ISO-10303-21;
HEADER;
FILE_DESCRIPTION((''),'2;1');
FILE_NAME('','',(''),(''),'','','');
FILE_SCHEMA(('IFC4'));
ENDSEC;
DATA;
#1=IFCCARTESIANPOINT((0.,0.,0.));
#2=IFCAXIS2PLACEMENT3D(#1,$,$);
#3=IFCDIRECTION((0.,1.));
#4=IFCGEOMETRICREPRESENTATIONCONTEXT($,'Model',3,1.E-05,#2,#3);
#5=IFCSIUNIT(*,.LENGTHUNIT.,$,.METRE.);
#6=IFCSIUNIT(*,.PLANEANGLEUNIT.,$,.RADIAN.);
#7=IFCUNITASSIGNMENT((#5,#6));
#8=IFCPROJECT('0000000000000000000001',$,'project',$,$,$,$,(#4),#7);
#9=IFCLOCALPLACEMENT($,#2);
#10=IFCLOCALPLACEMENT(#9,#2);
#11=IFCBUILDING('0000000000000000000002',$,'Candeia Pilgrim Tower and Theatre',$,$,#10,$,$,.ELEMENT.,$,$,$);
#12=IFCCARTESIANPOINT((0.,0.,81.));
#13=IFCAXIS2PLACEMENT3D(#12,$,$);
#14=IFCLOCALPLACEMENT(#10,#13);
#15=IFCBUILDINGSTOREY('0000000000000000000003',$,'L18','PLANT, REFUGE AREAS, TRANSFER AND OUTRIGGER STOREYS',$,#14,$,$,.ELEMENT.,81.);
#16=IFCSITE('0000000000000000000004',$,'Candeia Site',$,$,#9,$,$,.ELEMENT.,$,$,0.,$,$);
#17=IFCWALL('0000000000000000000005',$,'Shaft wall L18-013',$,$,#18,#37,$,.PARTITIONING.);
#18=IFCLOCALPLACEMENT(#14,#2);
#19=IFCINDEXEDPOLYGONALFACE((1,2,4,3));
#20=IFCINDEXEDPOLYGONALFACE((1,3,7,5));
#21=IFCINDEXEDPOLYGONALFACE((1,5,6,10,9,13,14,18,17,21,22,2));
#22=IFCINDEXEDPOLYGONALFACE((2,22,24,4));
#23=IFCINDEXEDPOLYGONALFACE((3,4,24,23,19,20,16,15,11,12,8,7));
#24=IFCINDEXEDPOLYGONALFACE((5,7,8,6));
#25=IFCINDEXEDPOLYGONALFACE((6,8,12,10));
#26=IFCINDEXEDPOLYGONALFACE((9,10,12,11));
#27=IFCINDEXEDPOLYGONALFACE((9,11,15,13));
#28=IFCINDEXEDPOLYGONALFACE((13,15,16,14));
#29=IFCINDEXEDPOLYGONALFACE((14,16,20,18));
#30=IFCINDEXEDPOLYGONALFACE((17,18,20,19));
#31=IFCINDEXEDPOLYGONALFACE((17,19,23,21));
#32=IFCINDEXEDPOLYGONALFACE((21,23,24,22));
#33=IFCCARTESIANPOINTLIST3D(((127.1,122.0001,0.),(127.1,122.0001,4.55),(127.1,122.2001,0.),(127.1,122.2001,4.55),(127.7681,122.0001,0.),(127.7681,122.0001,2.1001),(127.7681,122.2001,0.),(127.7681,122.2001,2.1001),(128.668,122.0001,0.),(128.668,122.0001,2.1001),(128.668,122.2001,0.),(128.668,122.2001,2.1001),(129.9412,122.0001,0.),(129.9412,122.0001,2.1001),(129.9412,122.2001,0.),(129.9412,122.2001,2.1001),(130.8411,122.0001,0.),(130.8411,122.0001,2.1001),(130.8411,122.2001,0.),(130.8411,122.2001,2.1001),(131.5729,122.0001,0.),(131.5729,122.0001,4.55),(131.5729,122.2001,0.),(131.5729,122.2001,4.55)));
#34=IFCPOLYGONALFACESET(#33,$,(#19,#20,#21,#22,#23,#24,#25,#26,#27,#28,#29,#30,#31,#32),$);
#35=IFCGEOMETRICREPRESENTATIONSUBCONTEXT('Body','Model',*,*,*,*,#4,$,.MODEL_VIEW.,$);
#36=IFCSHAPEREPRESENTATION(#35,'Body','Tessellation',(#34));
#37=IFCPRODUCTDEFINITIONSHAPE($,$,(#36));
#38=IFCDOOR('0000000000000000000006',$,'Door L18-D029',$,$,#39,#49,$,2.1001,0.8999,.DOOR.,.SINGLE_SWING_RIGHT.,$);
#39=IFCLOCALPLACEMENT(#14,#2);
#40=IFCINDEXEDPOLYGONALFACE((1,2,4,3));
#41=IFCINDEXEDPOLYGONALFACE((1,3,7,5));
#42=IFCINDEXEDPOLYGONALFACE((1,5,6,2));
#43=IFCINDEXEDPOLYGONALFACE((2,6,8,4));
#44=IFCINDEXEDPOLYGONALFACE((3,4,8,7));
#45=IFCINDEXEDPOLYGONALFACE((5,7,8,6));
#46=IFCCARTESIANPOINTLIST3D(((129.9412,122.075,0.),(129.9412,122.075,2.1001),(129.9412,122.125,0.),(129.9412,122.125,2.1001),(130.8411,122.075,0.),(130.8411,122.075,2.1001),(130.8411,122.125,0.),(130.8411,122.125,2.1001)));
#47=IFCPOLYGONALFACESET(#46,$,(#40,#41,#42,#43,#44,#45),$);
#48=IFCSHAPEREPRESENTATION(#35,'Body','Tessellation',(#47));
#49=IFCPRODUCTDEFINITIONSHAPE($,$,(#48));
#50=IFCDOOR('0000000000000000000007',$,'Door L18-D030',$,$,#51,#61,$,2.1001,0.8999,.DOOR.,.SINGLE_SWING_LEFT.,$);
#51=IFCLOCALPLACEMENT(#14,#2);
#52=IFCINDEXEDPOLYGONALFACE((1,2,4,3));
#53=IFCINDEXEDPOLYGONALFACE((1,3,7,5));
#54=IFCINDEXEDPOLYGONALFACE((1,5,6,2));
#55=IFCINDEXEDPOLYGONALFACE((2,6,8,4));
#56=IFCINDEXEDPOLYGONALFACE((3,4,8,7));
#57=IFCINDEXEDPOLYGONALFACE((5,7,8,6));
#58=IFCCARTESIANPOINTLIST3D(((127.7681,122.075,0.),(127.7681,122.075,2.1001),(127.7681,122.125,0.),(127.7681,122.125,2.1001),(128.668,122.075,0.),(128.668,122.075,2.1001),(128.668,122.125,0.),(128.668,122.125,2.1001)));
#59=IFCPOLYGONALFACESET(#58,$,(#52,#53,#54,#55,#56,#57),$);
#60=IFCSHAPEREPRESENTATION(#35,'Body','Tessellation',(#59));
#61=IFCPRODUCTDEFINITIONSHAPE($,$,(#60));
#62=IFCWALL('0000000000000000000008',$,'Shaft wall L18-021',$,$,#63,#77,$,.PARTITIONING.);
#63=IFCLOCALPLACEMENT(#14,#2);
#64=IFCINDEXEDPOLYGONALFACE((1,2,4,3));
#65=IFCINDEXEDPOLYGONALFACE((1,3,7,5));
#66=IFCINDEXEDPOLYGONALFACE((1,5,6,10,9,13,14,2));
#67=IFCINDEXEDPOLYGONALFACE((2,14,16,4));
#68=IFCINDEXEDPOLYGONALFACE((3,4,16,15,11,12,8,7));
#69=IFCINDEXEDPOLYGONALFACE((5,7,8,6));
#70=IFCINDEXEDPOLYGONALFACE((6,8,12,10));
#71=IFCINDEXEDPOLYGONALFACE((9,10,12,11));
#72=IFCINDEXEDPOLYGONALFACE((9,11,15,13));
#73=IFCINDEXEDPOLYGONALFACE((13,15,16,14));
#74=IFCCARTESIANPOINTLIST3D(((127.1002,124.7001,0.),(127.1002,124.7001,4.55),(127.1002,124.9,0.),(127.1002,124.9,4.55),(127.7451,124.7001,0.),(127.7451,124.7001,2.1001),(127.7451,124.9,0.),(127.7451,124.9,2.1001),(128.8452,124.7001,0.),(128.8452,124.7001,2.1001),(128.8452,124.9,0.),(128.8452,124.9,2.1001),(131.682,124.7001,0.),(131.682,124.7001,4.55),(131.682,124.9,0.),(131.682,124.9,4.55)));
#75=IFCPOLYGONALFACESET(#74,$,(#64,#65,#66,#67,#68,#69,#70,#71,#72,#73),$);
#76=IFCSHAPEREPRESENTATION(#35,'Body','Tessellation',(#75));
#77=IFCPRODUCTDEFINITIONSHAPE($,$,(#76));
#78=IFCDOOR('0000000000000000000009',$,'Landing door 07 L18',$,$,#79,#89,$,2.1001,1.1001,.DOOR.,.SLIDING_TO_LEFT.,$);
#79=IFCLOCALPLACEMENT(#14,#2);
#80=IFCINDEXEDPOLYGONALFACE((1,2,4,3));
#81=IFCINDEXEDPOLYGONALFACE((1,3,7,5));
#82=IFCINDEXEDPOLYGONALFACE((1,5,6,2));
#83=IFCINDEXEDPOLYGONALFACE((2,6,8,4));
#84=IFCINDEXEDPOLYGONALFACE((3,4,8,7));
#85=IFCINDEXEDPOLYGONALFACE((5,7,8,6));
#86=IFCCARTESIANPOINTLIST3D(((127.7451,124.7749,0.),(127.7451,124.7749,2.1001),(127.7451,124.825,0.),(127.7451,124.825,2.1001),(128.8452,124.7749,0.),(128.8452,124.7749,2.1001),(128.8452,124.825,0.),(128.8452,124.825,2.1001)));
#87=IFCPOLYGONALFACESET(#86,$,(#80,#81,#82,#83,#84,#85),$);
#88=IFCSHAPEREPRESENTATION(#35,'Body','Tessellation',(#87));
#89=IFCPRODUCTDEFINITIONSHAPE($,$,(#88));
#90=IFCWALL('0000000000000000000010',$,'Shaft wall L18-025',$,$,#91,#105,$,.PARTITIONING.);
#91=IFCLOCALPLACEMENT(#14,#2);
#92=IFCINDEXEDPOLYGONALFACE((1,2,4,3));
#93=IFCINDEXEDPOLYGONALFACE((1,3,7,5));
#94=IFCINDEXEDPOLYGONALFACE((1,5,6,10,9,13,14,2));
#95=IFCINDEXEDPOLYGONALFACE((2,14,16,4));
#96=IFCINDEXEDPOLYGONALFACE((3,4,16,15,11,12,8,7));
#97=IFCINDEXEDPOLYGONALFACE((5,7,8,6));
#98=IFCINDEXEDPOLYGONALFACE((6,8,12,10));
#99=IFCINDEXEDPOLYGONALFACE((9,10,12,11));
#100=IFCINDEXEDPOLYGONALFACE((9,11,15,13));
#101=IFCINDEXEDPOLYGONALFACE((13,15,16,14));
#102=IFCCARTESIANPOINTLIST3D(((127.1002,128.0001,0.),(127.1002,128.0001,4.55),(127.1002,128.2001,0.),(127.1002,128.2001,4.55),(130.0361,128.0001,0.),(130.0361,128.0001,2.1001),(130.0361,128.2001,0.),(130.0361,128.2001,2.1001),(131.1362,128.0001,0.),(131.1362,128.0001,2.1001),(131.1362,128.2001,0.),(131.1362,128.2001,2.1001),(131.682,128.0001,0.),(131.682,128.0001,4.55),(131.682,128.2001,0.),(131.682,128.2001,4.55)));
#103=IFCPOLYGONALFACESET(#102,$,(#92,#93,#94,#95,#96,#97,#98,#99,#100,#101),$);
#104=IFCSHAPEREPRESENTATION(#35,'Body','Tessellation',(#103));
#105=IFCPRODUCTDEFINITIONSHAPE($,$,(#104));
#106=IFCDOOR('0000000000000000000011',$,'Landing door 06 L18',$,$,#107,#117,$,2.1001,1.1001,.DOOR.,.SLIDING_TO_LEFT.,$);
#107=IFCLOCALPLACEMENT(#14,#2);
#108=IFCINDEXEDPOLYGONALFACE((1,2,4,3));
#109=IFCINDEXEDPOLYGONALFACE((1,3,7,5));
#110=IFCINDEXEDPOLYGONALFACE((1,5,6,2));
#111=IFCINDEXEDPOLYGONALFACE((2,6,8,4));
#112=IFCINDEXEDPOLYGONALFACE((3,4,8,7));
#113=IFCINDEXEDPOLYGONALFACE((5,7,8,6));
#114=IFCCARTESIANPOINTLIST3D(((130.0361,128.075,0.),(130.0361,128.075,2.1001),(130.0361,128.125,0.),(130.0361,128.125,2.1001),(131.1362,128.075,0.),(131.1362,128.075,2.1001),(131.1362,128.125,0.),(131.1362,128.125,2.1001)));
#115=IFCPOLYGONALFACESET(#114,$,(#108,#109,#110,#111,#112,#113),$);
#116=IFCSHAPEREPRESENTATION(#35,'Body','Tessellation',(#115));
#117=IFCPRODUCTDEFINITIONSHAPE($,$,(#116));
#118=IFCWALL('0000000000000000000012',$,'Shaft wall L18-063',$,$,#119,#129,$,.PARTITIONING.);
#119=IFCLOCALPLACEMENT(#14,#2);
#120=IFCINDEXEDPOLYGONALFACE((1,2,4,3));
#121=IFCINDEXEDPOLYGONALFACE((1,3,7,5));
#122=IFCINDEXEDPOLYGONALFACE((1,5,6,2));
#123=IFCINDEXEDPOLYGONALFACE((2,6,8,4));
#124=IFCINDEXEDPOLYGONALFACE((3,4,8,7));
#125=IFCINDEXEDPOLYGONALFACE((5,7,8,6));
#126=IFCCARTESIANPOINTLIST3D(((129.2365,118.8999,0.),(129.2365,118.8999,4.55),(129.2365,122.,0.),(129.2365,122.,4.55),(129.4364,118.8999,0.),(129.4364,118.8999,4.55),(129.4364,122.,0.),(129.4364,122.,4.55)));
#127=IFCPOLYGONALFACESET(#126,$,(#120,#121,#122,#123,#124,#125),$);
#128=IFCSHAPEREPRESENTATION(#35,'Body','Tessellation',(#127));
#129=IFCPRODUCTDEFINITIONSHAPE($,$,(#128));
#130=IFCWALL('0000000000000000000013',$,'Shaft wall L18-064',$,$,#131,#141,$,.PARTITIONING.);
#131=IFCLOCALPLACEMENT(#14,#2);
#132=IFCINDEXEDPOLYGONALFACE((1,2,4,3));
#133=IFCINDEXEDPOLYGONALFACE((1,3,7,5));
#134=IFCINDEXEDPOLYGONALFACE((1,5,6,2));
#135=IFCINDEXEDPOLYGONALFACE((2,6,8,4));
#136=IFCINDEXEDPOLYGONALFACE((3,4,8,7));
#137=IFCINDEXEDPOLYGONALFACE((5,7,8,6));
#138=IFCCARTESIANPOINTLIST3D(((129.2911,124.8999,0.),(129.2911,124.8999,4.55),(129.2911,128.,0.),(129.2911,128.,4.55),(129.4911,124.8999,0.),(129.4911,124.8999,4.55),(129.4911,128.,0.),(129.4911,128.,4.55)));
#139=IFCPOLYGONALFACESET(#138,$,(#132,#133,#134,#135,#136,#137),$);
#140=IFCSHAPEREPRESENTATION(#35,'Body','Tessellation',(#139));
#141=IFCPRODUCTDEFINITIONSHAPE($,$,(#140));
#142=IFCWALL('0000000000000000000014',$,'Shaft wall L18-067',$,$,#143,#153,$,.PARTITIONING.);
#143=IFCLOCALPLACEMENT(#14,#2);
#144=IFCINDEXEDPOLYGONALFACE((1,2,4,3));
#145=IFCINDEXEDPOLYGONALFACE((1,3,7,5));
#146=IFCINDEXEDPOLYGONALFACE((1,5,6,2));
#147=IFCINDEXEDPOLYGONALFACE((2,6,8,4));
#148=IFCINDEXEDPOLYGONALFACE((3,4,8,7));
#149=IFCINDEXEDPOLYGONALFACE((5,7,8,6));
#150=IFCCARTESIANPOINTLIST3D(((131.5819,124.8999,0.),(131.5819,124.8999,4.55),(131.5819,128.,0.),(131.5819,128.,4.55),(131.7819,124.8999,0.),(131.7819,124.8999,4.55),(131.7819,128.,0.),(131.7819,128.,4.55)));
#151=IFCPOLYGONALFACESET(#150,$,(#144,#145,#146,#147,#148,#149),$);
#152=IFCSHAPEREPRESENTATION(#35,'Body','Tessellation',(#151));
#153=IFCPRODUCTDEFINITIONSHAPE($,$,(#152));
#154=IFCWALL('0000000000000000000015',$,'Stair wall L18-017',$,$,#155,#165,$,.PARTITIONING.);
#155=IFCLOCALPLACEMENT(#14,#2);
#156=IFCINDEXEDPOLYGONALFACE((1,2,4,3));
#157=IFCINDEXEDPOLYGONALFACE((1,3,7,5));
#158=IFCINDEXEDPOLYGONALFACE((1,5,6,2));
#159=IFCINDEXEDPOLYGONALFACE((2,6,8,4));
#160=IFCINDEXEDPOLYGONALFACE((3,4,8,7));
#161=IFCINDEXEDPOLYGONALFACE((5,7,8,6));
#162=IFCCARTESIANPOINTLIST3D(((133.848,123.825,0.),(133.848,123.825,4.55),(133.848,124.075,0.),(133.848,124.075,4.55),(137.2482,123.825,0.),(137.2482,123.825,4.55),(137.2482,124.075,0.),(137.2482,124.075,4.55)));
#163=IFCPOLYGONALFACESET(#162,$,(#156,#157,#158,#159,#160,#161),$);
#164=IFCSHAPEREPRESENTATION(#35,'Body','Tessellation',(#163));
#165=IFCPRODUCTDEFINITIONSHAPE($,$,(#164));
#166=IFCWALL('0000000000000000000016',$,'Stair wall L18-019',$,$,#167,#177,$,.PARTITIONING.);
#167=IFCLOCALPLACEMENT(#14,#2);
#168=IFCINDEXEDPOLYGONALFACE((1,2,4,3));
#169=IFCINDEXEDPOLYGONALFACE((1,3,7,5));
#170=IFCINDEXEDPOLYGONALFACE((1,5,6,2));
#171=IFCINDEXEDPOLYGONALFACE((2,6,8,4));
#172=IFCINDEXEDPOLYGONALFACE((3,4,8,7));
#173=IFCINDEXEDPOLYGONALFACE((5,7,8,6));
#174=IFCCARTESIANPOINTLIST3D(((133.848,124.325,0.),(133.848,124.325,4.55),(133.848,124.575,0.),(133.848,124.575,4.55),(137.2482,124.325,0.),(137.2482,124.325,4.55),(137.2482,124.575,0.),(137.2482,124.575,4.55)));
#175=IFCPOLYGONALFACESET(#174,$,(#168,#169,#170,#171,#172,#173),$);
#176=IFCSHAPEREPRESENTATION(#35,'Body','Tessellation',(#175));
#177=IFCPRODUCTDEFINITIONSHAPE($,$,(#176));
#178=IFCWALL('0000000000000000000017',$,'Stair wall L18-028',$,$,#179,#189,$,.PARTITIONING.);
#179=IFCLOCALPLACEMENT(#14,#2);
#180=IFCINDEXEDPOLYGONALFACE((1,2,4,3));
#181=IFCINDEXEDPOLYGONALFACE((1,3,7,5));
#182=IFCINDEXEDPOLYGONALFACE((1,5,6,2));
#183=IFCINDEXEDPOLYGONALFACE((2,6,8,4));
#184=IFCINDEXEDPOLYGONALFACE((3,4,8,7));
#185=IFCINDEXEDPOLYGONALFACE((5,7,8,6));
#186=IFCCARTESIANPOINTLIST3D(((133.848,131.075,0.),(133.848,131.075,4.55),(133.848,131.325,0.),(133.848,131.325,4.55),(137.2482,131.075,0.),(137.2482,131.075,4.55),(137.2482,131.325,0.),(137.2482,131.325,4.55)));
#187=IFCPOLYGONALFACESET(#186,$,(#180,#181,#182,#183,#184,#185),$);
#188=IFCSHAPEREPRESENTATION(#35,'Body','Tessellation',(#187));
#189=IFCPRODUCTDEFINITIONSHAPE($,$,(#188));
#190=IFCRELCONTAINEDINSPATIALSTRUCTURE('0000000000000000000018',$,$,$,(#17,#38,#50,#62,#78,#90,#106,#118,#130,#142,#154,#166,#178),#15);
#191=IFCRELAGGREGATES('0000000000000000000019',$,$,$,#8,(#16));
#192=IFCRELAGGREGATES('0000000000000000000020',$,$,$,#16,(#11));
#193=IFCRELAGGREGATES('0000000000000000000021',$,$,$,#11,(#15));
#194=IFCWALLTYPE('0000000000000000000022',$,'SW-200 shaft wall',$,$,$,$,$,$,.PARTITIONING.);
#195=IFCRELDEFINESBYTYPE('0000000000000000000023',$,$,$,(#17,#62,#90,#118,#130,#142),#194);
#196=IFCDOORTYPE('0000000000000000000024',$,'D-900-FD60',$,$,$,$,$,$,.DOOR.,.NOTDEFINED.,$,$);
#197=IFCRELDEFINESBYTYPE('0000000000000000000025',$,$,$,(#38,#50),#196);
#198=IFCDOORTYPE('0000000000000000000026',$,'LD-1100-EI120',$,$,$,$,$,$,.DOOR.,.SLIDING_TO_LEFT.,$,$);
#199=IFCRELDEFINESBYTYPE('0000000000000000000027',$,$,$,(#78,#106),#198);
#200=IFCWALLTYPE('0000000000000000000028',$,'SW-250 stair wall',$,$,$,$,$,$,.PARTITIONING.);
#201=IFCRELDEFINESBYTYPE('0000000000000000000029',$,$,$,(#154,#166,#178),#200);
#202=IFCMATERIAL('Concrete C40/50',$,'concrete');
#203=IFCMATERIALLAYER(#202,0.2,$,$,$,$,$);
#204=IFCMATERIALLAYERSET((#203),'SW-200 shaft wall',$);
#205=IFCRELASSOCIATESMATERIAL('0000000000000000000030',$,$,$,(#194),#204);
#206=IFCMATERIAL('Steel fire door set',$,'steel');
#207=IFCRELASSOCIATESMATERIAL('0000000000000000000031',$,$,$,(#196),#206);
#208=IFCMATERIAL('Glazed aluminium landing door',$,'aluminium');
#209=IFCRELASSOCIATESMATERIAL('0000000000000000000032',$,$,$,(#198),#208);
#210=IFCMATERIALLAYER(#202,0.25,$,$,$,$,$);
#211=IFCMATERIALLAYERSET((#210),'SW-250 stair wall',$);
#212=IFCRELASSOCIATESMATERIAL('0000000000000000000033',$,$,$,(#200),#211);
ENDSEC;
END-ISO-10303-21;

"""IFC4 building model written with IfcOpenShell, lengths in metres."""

from ifc_helpers import new_model, si_unit, direction, frame, frame_2d, origin, place, context, subcontext, project, spatial, rectangle, extrude, material, layer, layer_set, type_object, element, fill, save


model = new_model("IFC4")

# Units and contexts
model_context = context("Model", 3, precision=1e-05, world=origin(), true_north=direction((0.0, 1.0)))
body_context = subcontext(model_context, "Body", "Model", "MODEL_VIEW")
ifc_project = project(units=[si_unit("LENGTHUNIT", "METRE"), si_unit("PLANEANGLEUNIT", "RADIAN")], contexts=[model_context])

# Site, building, storey
site_placement = place(None, origin())
site = spatial("IfcSite", under=ifc_project, at=site_placement, Name="Candeia Site", CompositionType="ELEMENT", RefElevation=0.0)
building_placement = place(site_placement, origin())
building = spatial("IfcBuilding", under=site, at=building_placement, Name="Candeia Pilgrim Tower and Theatre", CompositionType="ELEMENT")
storey_placement = place(building_placement, frame((0.0, 0.0, 81.0)))
storey = spatial("IfcBuildingStorey", under=building, at=storey_placement, Name="L18", Description="PLANT, REFUGE AREAS, TRANSFER AND OUTRIGGER STOREYS", CompositionType="ELEMENT", Elevation=81.0)

# Shared definitions
ifc_material_1 = material(Name="Steel fire door set", Category="steel")

# Shared definitions
ifc_material_2 = material(Name="Concrete C40/50", Category="concrete")
ifc_layer_1 = layer(ifc_material_2, 0.2)
ifc_layer_set_1 = layer_set([ifc_layer_1], Name="SW-200 shaft wall")
wall_type_1 = type_object("IfcWallType", Name="SW-200 shaft wall", PredefinedType="PARTITIONING", material=ifc_layer_set_1)

# Wall, openings, doors
wall_1_placement = place(storey_placement, frame((127.1001, 122.1001, 0.0), z_axis=(0.0, 0.0, 1.0), x_axis=(1.0, 0.0, 0.0)))
wall_1 = element("IfcWall", 1, at=wall_1_placement, inside=storey, type_object=wall_type_1, Name="Shaft wall L18-013", PredefinedType="PARTITIONING", context=body_context, shape_type="SweptSolid", body=[
    extrude(rectangle(XDim=4.4729, YDim=0.2, at=frame_2d((2.2363, 0.0))), origin(), (0.0, 0.0, 1.0), 4.55),
])
opening_1_placement = place(wall_1_placement, frame((2.8411, 0.0, 0.0)))
opening_1 = element("IfcOpeningElement", 2, at=opening_1_placement, cuts=wall_1, PredefinedType="OPENING", context=body_context, shape_type="SweptSolid", body=[
    extrude(rectangle(XDim=0.8999, YDim=2.1001, at=frame_2d((0.45, 1.05))), frame((0.0, 0.1099, 0.0), z_axis=(0.0, -1.0, 0.0), x_axis=(1.0, 0.0, 0.0)), (0.0, 0.0, 1.0), 0.22),
])
opening_2_placement = place(wall_1_placement, frame((0.668, 0.0, 0.0)))
opening_2 = element("IfcOpeningElement", 3, at=opening_2_placement, cuts=wall_1, PredefinedType="OPENING", context=body_context, shape_type="SweptSolid", body=[
    extrude(rectangle(XDim=0.8999, YDim=2.1001, at=frame_2d((0.45, 1.05))), frame((0.0, 0.1099, 0.0), z_axis=(0.0, -1.0, 0.0), x_axis=(1.0, 0.0, 0.0)), (0.0, 0.0, 1.0), 0.22),
])
door_type_1 = type_object("IfcDoorType", Name="D-900-FD60", OperationType="NOTDEFINED", PredefinedType="DOOR", material=ifc_material_1)
door_1_placement = place(opening_1_placement, origin())
door_1 = element("IfcDoor", 4, at=door_1_placement, inside=storey, type_object=door_type_1, Name="Door L18-D029", OperationType="SINGLE_SWING_RIGHT", OverallHeight=2.1001, OverallWidth=0.8999, PredefinedType="DOOR", context=body_context, shape_type="SweptSolid", body=[
    extrude(rectangle(XDim=0.8999, YDim=2.1001, at=frame_2d((0.45, 1.05))), frame((0.0, 0.0249, 0.0), z_axis=(0.0, -1.0, 0.0), x_axis=(1.0, 0.0, 0.0)), (0.0, 0.0, 1.0), 0.05),
])
fill(opening_1, door_1)
door_2_placement = place(opening_2_placement, origin())
door_2 = element("IfcDoor", 5, at=door_2_placement, inside=storey, type_object=door_type_1, Name="Door L18-D030", OperationType="SINGLE_SWING_LEFT", OverallHeight=2.1001, OverallWidth=0.8999, PredefinedType="DOOR", context=body_context, shape_type="SweptSolid", body=[
    extrude(rectangle(XDim=0.8999, YDim=2.1001, at=frame_2d((0.45, 1.05))), frame((0.0, 0.0249, 0.0), z_axis=(0.0, -1.0, 0.0), x_axis=(1.0, 0.0, 0.0)), (0.0, 0.0, 1.0), 0.05),
])
fill(opening_2, door_2)

# Walls, openings, doors
wall_2_placement = place(storey_placement, frame((127.1001, 124.8, 0.0), z_axis=(0.0, 0.0, 1.0), x_axis=(1.0, 0.0, 0.0)))
wall_2 = element("IfcWall", 6, at=wall_2_placement, inside=storey, type_object=wall_type_1, Name="Shaft wall L18-021", PredefinedType="PARTITIONING", context=body_context, shape_type="SweptSolid", body=[
    extrude(rectangle(XDim=4.5818, YDim=0.2, at=frame_2d((2.291, 0.0))), origin(), (0.0, 0.0, 1.0), 4.55),
])
opening_3_placement = place(wall_2_placement, frame((0.645, 0.0, 0.0)))
opening_3 = element("IfcOpeningElement", 7, at=opening_3_placement, cuts=wall_2, PredefinedType="OPENING", context=body_context, shape_type="SweptSolid", body=[
    extrude(rectangle(XDim=1.1001, YDim=2.1001, at=frame_2d((0.55, 1.05))), frame((0.0, 0.1099, 0.0), z_axis=(0.0, -1.0, 0.0), x_axis=(1.0, 0.0, 0.0)), (0.0, 0.0, 1.0), 0.22),
])
ifc_material_3 = material(Name="Glazed aluminium landing door", Category="aluminium")
door_type_2 = type_object("IfcDoorType", Name="LD-1100-EI120", OperationType="SLIDING_TO_LEFT", PredefinedType="DOOR", material=ifc_material_3)
door_3_placement = place(opening_3_placement, origin())
door_3 = element("IfcDoor", 8, at=door_3_placement, inside=storey, type_object=door_type_2, Name="Landing door 07 L18", OperationType="SLIDING_TO_LEFT", OverallHeight=2.1001, OverallWidth=1.1001, PredefinedType="DOOR", context=body_context, shape_type="SweptSolid", body=[
    extrude(rectangle(XDim=1.1001, YDim=2.1001, at=frame_2d((0.55, 1.05))), frame((0.0, 0.0249, 0.0), z_axis=(0.0, -1.0, 0.0), x_axis=(1.0, 0.0, 0.0)), (0.0, 0.0, 1.0), 0.05),
])
fill(opening_3, door_3)
wall_3_placement = place(storey_placement, frame((127.1001, 128.1001, 0.0), z_axis=(0.0, 0.0, 1.0), x_axis=(1.0, 0.0, 0.0)))
wall_3 = element("IfcWall", 9, at=wall_3_placement, inside=storey, type_object=wall_type_1, Name="Shaft wall L18-025", PredefinedType="PARTITIONING", context=body_context, shape_type="SweptSolid", body=[
    extrude(rectangle(XDim=4.5818, YDim=0.2, at=frame_2d((2.291, 0.0))), origin(), (0.0, 0.0, 1.0), 4.55),
])
opening_4_placement = place(wall_3_placement, frame((2.936, 0.0, 0.0)))
opening_4 = element("IfcOpeningElement", 10, at=opening_4_placement, cuts=wall_3, PredefinedType="OPENING", context=body_context, shape_type="SweptSolid", body=[
    extrude(rectangle(XDim=1.1001, YDim=2.1001, at=frame_2d((0.55, 1.05))), frame((0.0, 0.1099, 0.0), z_axis=(0.0, -1.0, 0.0), x_axis=(1.0, 0.0, 0.0)), (0.0, 0.0, 1.0), 0.22),
])
door_4_placement = place(opening_4_placement, origin())
door_4 = element("IfcDoor", 11, at=door_4_placement, inside=storey, type_object=door_type_2, Name="Landing door 06 L18", OperationType="SLIDING_TO_LEFT", OverallHeight=2.1001, OverallWidth=1.1001, PredefinedType="DOOR", context=body_context, shape_type="SweptSolid", body=[
    extrude(rectangle(XDim=1.1001, YDim=2.1001, at=frame_2d((0.55, 1.05))), frame((0.0, 0.0249, 0.0), z_axis=(0.0, -1.0, 0.0), x_axis=(1.0, 0.0, 0.0)), (0.0, 0.0, 1.0), 0.05),
])
fill(opening_4, door_4)

# Walls
for number, where, z_axis, x_axis, name in (
    (12, (129.3364, 118.8999, 0.0), (0.0, 0.0, 1.0), (0.0, 1.0, 0.0), "Shaft wall L18-063"),
    (13, (129.3911, 124.8999, 0.0), (0.0, 0.0, 1.0), (0.0, 1.0, 0.0), "Shaft wall L18-064"),
    (14, (131.6819, 124.8999, 0.0), (0.0, 0.0, 1.0), (0.0, 1.0, 0.0), "Shaft wall L18-067"),
):
    element("IfcWall", number, at=place(storey_placement, frame(where, z_axis=z_axis, x_axis=x_axis)), inside=storey, type_object=wall_type_1, Name=name, PredefinedType="PARTITIONING", context=body_context, shape_type="SweptSolid", body=[
        extrude(rectangle(XDim=3.1001, YDim=0.2, at=frame_2d((1.55, 0.0))), origin(), (0.0, 0.0, 1.0), 4.55),
    ])
ifc_layer_2 = layer(ifc_material_2, 0.25)
ifc_layer_set_2 = layer_set([ifc_layer_2], Name="SW-250 stair wall")
wall_type_2 = type_object("IfcWallType", Name="SW-250 stair wall", PredefinedType="PARTITIONING", material=ifc_layer_set_2)
for number, where, z_axis, x_axis, name in (
    (15, (133.8479, 123.95, 0.0), (0.0, 0.0, 1.0), (1.0, 0.0, 0.0), "Stair wall L18-017"),
    (16, (133.8479, 124.45, 0.0), (0.0, 0.0, 1.0), (1.0, 0.0, 0.0), "Stair wall L18-019"),
    (17, (133.8479, 131.2, 0.0), (0.0, 0.0, 1.0), (1.0, 0.0, 0.0), "Stair wall L18-028"),
):
    element("IfcWall", number, at=place(storey_placement, frame(where, z_axis=z_axis, x_axis=x_axis)), inside=storey, type_object=wall_type_2, Name=name, PredefinedType="PARTITIONING", context=body_context, shape_type="SweptSolid", body=[
        extrude(rectangle(XDim=3.4001, YDim=0.25, at=frame_2d((1.7002, 0.0))), origin(), (0.0, 0.0, 1.0), 4.55),
    ])

save(model, "model.ifc")
